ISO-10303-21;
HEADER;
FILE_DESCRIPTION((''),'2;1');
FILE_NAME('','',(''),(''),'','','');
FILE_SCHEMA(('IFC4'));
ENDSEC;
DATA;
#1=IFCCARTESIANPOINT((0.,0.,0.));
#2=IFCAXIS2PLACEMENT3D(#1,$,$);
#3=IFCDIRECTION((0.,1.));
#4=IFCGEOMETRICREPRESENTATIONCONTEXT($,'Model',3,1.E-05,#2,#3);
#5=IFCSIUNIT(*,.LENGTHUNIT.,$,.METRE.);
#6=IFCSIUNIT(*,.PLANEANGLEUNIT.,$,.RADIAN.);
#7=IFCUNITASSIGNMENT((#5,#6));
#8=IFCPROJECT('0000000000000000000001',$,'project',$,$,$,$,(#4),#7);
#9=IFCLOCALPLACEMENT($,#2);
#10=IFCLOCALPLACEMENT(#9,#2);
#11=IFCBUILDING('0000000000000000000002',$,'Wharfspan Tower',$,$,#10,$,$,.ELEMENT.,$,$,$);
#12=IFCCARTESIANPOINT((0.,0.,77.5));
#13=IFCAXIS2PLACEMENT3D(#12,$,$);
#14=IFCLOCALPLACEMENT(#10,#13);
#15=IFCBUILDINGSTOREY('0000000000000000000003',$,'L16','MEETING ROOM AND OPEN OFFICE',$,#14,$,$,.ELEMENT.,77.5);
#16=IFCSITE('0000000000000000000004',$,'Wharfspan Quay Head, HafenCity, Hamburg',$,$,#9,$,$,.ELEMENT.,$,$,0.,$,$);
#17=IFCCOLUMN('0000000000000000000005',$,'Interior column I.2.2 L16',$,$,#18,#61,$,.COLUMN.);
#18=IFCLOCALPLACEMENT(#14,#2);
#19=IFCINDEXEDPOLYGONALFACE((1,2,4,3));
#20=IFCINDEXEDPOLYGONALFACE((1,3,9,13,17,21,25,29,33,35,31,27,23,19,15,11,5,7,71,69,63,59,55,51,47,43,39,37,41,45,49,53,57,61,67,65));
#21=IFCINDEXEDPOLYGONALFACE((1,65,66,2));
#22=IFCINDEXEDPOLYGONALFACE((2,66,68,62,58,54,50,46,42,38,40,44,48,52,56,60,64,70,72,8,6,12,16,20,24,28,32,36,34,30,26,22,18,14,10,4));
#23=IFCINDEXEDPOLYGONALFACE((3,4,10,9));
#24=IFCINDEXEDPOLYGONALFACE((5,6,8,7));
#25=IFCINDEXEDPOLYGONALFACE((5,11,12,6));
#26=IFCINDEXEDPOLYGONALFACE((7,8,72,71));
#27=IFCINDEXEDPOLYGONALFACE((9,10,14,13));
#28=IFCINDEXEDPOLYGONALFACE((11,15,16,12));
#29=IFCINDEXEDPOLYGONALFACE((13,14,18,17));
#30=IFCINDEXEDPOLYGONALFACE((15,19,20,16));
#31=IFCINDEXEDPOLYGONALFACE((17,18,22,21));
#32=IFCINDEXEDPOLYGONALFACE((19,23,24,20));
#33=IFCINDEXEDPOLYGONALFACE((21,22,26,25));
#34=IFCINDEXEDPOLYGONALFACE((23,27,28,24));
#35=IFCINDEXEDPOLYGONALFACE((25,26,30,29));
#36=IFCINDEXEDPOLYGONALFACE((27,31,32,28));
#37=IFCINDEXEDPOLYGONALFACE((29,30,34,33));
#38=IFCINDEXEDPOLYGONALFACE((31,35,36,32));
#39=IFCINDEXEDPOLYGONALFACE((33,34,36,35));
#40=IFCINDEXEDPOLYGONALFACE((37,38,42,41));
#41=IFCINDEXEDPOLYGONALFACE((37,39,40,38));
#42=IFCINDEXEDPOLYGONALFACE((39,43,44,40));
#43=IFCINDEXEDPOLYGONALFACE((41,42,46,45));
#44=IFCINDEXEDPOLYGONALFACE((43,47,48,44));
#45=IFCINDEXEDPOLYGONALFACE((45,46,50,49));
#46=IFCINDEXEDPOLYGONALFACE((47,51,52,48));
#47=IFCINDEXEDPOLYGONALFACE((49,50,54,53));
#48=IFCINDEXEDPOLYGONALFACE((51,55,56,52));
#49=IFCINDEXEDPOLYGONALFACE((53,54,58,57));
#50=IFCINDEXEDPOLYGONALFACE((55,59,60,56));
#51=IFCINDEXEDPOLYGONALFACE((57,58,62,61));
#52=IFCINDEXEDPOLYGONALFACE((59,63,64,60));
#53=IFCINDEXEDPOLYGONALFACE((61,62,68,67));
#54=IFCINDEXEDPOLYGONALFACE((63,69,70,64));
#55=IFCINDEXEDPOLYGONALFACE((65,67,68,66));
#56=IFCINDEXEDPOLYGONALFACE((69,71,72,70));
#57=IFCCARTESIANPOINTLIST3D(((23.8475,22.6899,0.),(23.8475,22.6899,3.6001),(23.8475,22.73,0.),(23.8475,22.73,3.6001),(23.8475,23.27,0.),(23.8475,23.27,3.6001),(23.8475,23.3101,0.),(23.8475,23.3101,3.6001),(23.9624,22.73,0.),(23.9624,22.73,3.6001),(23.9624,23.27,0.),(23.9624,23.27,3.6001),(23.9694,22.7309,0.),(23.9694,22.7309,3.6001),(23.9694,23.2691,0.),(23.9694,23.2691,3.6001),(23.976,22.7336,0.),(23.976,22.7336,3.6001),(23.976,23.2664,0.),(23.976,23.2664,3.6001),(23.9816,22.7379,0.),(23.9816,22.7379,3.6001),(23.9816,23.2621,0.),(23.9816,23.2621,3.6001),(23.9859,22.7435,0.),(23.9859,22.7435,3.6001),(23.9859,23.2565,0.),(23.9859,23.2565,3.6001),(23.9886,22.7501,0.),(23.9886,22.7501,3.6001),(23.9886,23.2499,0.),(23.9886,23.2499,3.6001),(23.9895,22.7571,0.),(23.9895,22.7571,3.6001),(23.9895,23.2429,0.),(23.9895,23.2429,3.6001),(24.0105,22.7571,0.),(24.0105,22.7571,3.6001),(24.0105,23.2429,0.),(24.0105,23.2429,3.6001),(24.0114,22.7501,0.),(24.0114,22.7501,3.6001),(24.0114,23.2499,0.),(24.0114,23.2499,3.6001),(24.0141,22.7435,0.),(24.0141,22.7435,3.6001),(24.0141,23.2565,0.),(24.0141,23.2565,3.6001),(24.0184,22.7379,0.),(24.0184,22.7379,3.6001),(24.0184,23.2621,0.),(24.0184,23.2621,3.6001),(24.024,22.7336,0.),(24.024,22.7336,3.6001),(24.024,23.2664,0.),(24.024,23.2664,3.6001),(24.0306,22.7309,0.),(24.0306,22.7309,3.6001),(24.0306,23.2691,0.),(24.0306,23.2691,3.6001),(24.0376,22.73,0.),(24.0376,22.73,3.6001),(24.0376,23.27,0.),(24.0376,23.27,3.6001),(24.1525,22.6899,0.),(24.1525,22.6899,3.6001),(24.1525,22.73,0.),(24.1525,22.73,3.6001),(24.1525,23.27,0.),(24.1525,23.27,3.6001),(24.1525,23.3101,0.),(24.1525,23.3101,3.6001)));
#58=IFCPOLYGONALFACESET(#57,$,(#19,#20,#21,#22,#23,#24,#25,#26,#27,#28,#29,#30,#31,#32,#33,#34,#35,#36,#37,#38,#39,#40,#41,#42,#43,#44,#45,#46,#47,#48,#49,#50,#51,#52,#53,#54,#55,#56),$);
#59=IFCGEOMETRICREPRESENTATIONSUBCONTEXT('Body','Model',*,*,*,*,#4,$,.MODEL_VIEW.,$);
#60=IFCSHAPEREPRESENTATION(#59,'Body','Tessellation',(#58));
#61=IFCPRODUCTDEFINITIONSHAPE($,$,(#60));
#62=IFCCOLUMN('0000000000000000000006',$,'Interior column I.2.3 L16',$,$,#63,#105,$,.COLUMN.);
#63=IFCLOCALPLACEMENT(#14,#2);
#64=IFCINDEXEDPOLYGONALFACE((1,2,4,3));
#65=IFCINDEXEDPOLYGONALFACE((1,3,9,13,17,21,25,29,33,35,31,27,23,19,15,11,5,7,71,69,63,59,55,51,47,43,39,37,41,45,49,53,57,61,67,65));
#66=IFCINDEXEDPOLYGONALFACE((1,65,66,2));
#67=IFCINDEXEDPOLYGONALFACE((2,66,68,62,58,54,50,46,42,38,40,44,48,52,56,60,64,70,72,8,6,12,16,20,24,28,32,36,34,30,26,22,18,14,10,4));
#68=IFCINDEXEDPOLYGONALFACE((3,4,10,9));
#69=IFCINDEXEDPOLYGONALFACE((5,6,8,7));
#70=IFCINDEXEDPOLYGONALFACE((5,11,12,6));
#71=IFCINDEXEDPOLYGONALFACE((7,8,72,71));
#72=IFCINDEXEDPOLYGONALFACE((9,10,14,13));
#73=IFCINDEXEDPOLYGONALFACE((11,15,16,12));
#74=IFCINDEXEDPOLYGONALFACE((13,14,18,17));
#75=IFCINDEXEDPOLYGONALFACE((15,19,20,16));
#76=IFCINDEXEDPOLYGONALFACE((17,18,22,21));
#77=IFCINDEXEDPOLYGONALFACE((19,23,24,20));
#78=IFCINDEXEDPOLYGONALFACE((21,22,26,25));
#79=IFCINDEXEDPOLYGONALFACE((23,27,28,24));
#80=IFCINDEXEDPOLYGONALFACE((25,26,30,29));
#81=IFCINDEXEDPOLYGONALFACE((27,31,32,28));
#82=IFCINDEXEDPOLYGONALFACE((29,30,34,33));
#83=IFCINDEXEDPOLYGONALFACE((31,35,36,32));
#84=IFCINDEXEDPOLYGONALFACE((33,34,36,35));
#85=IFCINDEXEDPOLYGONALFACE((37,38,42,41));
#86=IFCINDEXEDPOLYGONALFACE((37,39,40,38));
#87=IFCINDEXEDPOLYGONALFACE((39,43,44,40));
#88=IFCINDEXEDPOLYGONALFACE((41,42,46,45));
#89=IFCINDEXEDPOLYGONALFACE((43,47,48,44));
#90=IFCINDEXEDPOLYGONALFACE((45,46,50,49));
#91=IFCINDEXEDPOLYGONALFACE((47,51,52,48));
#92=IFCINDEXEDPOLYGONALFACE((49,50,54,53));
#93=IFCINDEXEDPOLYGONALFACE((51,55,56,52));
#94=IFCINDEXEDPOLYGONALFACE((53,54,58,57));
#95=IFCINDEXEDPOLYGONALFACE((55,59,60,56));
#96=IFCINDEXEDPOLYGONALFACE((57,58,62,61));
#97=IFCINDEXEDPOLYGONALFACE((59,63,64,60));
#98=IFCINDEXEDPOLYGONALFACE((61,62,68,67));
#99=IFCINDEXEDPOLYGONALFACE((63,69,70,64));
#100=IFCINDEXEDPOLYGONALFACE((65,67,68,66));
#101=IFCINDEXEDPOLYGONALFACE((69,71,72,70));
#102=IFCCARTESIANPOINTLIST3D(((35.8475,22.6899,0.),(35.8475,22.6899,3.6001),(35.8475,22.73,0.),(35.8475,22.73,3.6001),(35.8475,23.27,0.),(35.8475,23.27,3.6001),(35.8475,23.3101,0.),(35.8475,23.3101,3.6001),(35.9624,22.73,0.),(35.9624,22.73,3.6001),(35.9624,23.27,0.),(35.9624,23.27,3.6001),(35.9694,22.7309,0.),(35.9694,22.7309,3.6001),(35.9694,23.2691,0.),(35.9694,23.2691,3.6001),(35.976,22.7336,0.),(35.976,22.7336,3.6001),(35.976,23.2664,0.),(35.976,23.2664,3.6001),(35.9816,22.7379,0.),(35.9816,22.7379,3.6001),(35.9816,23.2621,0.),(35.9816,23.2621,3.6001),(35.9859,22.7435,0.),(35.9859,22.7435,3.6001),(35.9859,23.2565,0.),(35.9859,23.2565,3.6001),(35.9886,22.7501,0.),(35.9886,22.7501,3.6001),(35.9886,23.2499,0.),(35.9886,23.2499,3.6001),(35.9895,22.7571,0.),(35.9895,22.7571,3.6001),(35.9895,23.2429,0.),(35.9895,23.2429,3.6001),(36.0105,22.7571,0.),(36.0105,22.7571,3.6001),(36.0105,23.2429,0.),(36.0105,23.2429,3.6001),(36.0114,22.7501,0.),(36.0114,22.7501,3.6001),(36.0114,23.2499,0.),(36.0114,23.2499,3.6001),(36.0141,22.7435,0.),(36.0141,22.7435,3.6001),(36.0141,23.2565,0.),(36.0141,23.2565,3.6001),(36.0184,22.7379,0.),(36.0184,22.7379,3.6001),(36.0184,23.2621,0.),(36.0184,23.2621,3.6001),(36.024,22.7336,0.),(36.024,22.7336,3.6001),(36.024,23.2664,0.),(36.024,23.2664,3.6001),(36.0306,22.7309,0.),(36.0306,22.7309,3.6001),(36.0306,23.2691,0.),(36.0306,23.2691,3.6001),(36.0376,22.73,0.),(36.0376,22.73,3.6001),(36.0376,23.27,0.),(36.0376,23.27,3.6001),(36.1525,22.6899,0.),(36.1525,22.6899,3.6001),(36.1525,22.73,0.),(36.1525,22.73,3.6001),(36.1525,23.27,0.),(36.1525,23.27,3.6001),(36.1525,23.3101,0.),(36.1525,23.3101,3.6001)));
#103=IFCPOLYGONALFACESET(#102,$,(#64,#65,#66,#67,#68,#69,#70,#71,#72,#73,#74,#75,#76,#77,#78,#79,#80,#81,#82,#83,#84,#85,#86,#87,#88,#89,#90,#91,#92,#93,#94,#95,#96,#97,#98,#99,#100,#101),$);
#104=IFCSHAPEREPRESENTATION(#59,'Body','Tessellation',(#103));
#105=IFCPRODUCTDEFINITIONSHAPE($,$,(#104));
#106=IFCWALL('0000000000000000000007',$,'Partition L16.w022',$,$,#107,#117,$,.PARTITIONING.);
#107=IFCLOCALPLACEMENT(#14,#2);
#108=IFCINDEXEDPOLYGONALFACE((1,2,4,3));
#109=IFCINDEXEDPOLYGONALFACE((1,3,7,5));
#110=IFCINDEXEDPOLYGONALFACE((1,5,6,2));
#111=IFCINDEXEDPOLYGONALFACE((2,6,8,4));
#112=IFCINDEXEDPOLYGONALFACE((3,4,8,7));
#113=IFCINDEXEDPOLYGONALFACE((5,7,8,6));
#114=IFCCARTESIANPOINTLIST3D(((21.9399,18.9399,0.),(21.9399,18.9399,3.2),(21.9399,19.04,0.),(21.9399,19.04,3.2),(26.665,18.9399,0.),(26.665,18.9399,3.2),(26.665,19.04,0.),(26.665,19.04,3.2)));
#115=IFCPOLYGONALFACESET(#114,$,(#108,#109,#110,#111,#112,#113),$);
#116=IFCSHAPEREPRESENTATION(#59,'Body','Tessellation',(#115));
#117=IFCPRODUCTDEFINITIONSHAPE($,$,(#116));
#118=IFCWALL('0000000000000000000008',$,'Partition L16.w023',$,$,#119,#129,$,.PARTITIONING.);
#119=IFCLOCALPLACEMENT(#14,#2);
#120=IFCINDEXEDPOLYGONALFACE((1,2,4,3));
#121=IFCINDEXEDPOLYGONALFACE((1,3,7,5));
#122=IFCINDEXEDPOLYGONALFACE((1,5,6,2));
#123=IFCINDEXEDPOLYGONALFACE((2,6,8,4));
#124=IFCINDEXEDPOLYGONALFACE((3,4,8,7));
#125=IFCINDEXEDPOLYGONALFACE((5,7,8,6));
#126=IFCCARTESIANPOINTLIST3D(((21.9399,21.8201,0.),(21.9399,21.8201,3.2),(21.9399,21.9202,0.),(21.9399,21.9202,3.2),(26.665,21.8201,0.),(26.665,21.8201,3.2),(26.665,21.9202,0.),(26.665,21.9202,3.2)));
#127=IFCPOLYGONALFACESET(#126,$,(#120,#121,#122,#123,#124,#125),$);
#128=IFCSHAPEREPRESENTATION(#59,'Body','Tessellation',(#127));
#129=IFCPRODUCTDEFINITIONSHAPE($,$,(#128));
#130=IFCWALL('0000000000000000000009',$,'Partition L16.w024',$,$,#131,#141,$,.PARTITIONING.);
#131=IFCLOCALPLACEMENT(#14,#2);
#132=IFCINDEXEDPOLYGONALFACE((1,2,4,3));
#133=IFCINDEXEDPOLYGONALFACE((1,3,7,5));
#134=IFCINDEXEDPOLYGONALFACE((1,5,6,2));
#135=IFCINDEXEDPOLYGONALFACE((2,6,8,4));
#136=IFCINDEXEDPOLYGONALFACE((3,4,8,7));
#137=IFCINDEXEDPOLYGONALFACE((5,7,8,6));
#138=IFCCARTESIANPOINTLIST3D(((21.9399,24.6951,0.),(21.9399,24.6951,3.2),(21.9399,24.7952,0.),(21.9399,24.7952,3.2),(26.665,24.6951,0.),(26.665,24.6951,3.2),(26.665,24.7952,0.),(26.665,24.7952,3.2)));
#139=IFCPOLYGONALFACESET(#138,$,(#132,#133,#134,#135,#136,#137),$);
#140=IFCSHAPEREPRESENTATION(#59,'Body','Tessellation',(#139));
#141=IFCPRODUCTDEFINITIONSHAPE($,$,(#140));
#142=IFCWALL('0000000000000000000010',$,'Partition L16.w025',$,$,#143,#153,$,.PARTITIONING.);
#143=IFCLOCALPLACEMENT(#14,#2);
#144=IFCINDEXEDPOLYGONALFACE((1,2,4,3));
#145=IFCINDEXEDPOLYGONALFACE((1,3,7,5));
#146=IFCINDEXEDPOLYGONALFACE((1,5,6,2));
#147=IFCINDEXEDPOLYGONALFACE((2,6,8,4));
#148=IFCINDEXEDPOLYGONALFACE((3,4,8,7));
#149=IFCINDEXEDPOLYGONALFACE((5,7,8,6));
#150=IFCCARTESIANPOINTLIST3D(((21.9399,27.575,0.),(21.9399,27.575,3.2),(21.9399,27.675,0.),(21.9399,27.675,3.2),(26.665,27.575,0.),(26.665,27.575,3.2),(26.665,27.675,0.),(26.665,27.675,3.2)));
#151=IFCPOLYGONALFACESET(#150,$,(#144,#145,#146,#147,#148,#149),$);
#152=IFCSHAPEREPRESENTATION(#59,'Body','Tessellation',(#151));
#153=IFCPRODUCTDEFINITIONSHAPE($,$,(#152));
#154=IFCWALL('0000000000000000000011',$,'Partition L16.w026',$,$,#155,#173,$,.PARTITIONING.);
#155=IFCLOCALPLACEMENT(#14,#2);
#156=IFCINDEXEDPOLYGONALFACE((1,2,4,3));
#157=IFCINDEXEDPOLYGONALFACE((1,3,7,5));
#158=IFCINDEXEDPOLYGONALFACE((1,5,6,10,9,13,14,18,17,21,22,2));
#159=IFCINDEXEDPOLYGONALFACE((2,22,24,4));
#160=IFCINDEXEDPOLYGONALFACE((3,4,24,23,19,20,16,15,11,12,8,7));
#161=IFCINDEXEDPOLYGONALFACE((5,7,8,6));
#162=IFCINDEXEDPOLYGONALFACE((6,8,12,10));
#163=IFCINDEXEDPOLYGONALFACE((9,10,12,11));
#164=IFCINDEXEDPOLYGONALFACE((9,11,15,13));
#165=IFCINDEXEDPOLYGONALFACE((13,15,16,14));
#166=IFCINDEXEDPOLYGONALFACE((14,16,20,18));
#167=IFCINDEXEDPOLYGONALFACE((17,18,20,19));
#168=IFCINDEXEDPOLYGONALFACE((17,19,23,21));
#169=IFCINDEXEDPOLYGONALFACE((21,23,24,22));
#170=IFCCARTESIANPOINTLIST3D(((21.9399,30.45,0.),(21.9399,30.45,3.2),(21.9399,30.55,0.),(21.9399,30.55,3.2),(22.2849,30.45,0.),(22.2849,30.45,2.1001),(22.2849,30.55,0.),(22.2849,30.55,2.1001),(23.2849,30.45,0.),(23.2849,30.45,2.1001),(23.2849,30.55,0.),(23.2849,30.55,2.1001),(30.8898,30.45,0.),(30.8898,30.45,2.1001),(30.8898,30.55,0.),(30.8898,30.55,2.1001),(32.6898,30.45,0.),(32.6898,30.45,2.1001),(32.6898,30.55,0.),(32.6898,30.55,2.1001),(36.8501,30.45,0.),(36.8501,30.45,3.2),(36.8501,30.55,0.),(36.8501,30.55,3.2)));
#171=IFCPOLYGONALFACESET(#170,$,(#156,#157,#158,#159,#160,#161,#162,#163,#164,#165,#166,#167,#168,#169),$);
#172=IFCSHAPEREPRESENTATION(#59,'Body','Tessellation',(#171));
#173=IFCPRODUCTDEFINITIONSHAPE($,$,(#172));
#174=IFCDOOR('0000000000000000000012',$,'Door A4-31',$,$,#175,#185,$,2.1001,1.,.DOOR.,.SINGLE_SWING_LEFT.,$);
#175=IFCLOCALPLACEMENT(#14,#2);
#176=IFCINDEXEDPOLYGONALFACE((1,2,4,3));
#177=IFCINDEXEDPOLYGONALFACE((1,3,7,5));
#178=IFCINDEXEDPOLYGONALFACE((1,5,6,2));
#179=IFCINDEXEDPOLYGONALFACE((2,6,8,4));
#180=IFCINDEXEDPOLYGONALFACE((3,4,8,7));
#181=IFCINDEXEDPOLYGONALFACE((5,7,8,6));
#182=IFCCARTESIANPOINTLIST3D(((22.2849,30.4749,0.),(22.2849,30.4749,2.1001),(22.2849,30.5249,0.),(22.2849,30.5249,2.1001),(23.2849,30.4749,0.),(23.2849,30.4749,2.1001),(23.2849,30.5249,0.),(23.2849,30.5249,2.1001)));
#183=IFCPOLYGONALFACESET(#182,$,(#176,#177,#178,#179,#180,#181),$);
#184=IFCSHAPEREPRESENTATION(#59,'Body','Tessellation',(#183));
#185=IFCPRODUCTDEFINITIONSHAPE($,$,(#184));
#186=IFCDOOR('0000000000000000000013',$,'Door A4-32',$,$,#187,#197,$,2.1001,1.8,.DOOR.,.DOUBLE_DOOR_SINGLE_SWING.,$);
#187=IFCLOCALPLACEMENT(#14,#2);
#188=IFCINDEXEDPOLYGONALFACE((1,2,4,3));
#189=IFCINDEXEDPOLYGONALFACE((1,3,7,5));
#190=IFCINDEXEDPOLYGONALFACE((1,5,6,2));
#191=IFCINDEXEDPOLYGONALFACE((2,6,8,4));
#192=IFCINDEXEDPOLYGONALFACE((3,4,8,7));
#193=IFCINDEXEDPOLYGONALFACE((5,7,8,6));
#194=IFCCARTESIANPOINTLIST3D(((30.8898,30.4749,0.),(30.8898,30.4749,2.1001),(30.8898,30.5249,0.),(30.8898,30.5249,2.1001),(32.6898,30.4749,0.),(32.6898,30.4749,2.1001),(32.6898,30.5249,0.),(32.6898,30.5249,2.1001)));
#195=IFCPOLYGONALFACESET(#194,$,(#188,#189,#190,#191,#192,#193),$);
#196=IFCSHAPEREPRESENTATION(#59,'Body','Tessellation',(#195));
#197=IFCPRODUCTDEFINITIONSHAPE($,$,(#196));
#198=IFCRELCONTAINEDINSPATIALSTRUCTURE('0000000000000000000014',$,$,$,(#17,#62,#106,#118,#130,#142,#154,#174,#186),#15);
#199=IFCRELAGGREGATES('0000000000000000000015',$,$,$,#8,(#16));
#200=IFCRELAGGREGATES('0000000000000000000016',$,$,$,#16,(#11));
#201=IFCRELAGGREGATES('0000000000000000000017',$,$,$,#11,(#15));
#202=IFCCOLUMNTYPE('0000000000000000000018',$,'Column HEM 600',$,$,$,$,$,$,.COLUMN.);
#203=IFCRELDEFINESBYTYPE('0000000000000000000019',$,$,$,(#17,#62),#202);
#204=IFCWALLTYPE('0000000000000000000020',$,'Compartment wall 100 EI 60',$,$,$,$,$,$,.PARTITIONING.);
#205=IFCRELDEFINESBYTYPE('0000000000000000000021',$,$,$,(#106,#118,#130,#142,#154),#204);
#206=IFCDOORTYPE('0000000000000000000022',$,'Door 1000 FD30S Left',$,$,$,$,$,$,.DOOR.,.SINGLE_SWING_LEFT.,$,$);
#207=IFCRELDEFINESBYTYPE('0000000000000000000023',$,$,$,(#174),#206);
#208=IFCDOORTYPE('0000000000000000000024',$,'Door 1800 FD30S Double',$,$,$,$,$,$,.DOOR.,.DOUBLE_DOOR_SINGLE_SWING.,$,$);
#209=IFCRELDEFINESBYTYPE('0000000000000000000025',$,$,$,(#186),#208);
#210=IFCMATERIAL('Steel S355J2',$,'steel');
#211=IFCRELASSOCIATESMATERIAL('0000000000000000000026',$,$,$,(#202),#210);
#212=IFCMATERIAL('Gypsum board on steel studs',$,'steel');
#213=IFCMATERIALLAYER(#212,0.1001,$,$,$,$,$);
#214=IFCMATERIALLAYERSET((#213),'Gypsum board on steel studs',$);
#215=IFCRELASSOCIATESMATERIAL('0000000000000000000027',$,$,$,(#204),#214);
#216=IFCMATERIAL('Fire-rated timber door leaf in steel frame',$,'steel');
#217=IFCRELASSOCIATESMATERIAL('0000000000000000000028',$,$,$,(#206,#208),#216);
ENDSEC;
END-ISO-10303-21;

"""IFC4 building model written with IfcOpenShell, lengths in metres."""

from ifc_helpers import new_model, si_unit, direction, frame, frame_2d, origin, origin_2d, place, context, subcontext, project, spatial, rectangle, i_section, extrude, material, layer, layer_set, material_profile, profile_set, type_object, element, fill, save


model = new_model("IFC4")

# Units and contexts
model_context = context("Model", 3, precision=1e-05, world=origin(), true_north=direction((0.0, 1.0)))
body_context = subcontext(model_context, "Body", "Model", "MODEL_VIEW")
ifc_project = project(units=[si_unit("LENGTHUNIT", "METRE"), si_unit("PLANEANGLEUNIT", "RADIAN")], contexts=[model_context])

# Site, building, storey
site_placement = place(None, origin())
site = spatial("IfcSite", under=ifc_project, at=site_placement, Name="Wharfspan Quay Head, HafenCity, Hamburg", CompositionType="ELEMENT", RefElevation=0.0)
building_placement = place(site_placement, origin())
building = spatial("IfcBuilding", under=site, at=building_placement, Name="Wharfspan Tower", CompositionType="ELEMENT")
storey_placement = place(building_placement, frame((0.0, 0.0, 77.5)))
storey = spatial("IfcBuildingStorey", under=building, at=storey_placement, Name="L16", Description="MEETING ROOM AND OPEN OFFICE", CompositionType="ELEMENT", Elevation=77.5)

# Columns
ifc_material_1 = material(Name="Steel S355J2", Category="steel")
ifc_material_profile = material_profile(ifc_material_1, i_section(OverallWidth=0.3049, OverallDepth=0.6201, WebThickness=0.021, FlangeThickness=0.04, FilletRadius=0.0271, at=origin_2d()))
ifc_profile_set = profile_set([ifc_material_profile], Name="Steel S355J2")
column_type = type_object("IfcColumnType", Name="Column HEM 600", PredefinedType="COLUMN", material=ifc_profile_set)
for number, where, z_axis, x_axis, name in (
    (1, (24.0, 23.0, 0.0), (0.0, 0.0, 1.0), (1.0, 0.0, 0.0), "Interior column I.2.2 L16"),
    (2, (36.0, 23.0, 0.0), (0.0, 0.0, 1.0), (1.0, 0.0, 0.0), "Interior column I.2.3 L16"),
):
    element("IfcColumn", number, at=place(storey_placement, frame(where, z_axis=z_axis, x_axis=x_axis)), inside=storey, type_object=column_type, Name=name, PredefinedType="COLUMN", context=body_context, shape_type="SweptSolid", body=[
        extrude(i_section(OverallWidth=0.3049, OverallDepth=0.6201, WebThickness=0.021, FlangeThickness=0.04, FilletRadius=0.0271, at=origin_2d()), origin(), (0.0, 0.0, 1.0), 3.6001),
    ])

# Walls
ifc_material_2 = material(Name="Gypsum board on steel studs", Category="steel")
ifc_layer_1 = layer(ifc_material_2, 0.1001)
ifc_layer_set_1 = layer_set([ifc_layer_1], Name="Gypsum board on steel studs")
wall_type_1 = type_object("IfcWallType", Name="Compartment wall 100 EI 60", PredefinedType="PARTITIONING", material=ifc_layer_set_1)
for number, where, z_axis, x_axis, name in (
    (3, (21.9399, 18.99, 0.0), (0.0, 0.0, 1.0), (1.0, 0.0, 0.0), "Partition L16.w022"),
    (4, (21.9399, 21.8701, 0.0), (0.0, 0.0, 1.0), (1.0, 0.0, 0.0), "Partition L16.w023"),
    (5, (21.9399, 24.7451, 0.0), (0.0, 0.0, 1.0), (1.0, 0.0, 0.0), "Partition L16.w024"),
    (6, (21.9399, 27.625, 0.0), (0.0, 0.0, 1.0), (1.0, 0.0, 0.0), "Partition L16.w025"),
):
    element("IfcWall", number, at=place(storey_placement, frame(where, z_axis=z_axis, x_axis=x_axis)), inside=storey, type_object=wall_type_1, Name=name, PredefinedType="PARTITIONING", context=body_context, shape_type="SweptSolid", body=[
        extrude(rectangle(XDim=4.7251, YDim=0.1001, at=frame_2d((2.3625, 0.0))), origin(), (0.0, 0.0, 1.0), 3.2),
    ])

# Wall, openings, doors
wall_1_placement = place(storey_placement, frame((21.9399, 30.5, 0.0), z_axis=(0.0, 0.0, 1.0), x_axis=(1.0, 0.0, 0.0)))
wall_1 = element("IfcWall", 7, at=wall_1_placement, inside=storey, type_object=wall_type_1, Name="Partition L16.w026", PredefinedType="PARTITIONING", context=body_context, shape_type="SweptSolid", body=[
    extrude(rectangle(XDim=14.9102, YDim=0.1001, at=frame_2d((7.4551, 0.0))), origin(), (0.0, 0.0, 1.0), 3.2),
])
opening_1_placement = place(wall_1_placement, frame((0.345, 0.0, 0.0)))
opening_1 = element("IfcOpeningElement", 8, at=opening_1_placement, cuts=wall_1, PredefinedType="OPENING", context=body_context, shape_type="SweptSolid", body=[
    extrude(rectangle(XDim=1.0, YDim=2.1001, at=frame_2d((0.5, 1.05))), frame((0.0, 0.0601, 0.0), z_axis=(0.0, -1.0, 0.0), x_axis=(1.0, 0.0, 0.0)), (0.0, 0.0, 1.0), 0.1201),
])
opening_2_placement = place(wall_1_placement, frame((8.95, 0.0, 0.0)))
opening_2 = element("IfcOpeningElement", 9, at=opening_2_placement, cuts=wall_1, PredefinedType="OPENING", context=body_context, shape_type="SweptSolid", body=[
    extrude(rectangle(XDim=1.8, YDim=2.1001, at=frame_2d((0.8999, 1.05))), frame((0.0, 0.0601, 0.0), z_axis=(0.0, -1.0, 0.0), x_axis=(1.0, 0.0, 0.0)), (0.0, 0.0, 1.0), 0.1201),
])
ifc_material_3 = material(Name="Fire-rated timber door leaf in steel frame", Category="steel")
door_type_1 = type_object("IfcDoorType", Name="Door 1000 FD30S Left", OperationType="SINGLE_SWING_LEFT", PredefinedType="DOOR", material=ifc_material_3)
door_1_placement = place(opening_1_placement, origin())
door_1 = element("IfcDoor", 10, at=door_1_placement, inside=storey, type_object=door_type_1, Name="Door A4-31", OperationType="SINGLE_SWING_LEFT", OverallHeight=2.1001, OverallWidth=1.0, PredefinedType="DOOR", context=body_context, shape_type="SweptSolid", body=[
    extrude(rectangle(XDim=1.0, YDim=2.1001, at=frame_2d((0.5, 1.05))), frame((0.0, 0.0249, 0.0), z_axis=(0.0, -1.0, 0.0), x_axis=(1.0, 0.0, 0.0)), (0.0, 0.0, 1.0), 0.05),
])
fill(opening_1, door_1)
door_type_2 = type_object("IfcDoorType", Name="Door 1800 FD30S Double", OperationType="DOUBLE_DOOR_SINGLE_SWING", PredefinedType="DOOR", material=ifc_material_3)
door_2_placement = place(opening_2_placement, origin())
door_2 = element("IfcDoor", 11, at=door_2_placement, inside=storey, type_object=door_type_2, Name="Door A4-32", OperationType="DOUBLE_DOOR_SINGLE_SWING", OverallHeight=2.1001, OverallWidth=1.8, PredefinedType="DOOR", context=body_context, shape_type="SweptSolid", body=[
    extrude(rectangle(XDim=1.8, YDim=2.1001, at=frame_2d((0.8999, 1.05))), frame((0.0, 0.0249, 0.0), z_axis=(0.0, -1.0, 0.0), x_axis=(1.0, 0.0, 0.0)), (0.0, 0.0, 1.0), 0.05),
])
fill(opening_2, door_2)

save(model, "model.ifc")
